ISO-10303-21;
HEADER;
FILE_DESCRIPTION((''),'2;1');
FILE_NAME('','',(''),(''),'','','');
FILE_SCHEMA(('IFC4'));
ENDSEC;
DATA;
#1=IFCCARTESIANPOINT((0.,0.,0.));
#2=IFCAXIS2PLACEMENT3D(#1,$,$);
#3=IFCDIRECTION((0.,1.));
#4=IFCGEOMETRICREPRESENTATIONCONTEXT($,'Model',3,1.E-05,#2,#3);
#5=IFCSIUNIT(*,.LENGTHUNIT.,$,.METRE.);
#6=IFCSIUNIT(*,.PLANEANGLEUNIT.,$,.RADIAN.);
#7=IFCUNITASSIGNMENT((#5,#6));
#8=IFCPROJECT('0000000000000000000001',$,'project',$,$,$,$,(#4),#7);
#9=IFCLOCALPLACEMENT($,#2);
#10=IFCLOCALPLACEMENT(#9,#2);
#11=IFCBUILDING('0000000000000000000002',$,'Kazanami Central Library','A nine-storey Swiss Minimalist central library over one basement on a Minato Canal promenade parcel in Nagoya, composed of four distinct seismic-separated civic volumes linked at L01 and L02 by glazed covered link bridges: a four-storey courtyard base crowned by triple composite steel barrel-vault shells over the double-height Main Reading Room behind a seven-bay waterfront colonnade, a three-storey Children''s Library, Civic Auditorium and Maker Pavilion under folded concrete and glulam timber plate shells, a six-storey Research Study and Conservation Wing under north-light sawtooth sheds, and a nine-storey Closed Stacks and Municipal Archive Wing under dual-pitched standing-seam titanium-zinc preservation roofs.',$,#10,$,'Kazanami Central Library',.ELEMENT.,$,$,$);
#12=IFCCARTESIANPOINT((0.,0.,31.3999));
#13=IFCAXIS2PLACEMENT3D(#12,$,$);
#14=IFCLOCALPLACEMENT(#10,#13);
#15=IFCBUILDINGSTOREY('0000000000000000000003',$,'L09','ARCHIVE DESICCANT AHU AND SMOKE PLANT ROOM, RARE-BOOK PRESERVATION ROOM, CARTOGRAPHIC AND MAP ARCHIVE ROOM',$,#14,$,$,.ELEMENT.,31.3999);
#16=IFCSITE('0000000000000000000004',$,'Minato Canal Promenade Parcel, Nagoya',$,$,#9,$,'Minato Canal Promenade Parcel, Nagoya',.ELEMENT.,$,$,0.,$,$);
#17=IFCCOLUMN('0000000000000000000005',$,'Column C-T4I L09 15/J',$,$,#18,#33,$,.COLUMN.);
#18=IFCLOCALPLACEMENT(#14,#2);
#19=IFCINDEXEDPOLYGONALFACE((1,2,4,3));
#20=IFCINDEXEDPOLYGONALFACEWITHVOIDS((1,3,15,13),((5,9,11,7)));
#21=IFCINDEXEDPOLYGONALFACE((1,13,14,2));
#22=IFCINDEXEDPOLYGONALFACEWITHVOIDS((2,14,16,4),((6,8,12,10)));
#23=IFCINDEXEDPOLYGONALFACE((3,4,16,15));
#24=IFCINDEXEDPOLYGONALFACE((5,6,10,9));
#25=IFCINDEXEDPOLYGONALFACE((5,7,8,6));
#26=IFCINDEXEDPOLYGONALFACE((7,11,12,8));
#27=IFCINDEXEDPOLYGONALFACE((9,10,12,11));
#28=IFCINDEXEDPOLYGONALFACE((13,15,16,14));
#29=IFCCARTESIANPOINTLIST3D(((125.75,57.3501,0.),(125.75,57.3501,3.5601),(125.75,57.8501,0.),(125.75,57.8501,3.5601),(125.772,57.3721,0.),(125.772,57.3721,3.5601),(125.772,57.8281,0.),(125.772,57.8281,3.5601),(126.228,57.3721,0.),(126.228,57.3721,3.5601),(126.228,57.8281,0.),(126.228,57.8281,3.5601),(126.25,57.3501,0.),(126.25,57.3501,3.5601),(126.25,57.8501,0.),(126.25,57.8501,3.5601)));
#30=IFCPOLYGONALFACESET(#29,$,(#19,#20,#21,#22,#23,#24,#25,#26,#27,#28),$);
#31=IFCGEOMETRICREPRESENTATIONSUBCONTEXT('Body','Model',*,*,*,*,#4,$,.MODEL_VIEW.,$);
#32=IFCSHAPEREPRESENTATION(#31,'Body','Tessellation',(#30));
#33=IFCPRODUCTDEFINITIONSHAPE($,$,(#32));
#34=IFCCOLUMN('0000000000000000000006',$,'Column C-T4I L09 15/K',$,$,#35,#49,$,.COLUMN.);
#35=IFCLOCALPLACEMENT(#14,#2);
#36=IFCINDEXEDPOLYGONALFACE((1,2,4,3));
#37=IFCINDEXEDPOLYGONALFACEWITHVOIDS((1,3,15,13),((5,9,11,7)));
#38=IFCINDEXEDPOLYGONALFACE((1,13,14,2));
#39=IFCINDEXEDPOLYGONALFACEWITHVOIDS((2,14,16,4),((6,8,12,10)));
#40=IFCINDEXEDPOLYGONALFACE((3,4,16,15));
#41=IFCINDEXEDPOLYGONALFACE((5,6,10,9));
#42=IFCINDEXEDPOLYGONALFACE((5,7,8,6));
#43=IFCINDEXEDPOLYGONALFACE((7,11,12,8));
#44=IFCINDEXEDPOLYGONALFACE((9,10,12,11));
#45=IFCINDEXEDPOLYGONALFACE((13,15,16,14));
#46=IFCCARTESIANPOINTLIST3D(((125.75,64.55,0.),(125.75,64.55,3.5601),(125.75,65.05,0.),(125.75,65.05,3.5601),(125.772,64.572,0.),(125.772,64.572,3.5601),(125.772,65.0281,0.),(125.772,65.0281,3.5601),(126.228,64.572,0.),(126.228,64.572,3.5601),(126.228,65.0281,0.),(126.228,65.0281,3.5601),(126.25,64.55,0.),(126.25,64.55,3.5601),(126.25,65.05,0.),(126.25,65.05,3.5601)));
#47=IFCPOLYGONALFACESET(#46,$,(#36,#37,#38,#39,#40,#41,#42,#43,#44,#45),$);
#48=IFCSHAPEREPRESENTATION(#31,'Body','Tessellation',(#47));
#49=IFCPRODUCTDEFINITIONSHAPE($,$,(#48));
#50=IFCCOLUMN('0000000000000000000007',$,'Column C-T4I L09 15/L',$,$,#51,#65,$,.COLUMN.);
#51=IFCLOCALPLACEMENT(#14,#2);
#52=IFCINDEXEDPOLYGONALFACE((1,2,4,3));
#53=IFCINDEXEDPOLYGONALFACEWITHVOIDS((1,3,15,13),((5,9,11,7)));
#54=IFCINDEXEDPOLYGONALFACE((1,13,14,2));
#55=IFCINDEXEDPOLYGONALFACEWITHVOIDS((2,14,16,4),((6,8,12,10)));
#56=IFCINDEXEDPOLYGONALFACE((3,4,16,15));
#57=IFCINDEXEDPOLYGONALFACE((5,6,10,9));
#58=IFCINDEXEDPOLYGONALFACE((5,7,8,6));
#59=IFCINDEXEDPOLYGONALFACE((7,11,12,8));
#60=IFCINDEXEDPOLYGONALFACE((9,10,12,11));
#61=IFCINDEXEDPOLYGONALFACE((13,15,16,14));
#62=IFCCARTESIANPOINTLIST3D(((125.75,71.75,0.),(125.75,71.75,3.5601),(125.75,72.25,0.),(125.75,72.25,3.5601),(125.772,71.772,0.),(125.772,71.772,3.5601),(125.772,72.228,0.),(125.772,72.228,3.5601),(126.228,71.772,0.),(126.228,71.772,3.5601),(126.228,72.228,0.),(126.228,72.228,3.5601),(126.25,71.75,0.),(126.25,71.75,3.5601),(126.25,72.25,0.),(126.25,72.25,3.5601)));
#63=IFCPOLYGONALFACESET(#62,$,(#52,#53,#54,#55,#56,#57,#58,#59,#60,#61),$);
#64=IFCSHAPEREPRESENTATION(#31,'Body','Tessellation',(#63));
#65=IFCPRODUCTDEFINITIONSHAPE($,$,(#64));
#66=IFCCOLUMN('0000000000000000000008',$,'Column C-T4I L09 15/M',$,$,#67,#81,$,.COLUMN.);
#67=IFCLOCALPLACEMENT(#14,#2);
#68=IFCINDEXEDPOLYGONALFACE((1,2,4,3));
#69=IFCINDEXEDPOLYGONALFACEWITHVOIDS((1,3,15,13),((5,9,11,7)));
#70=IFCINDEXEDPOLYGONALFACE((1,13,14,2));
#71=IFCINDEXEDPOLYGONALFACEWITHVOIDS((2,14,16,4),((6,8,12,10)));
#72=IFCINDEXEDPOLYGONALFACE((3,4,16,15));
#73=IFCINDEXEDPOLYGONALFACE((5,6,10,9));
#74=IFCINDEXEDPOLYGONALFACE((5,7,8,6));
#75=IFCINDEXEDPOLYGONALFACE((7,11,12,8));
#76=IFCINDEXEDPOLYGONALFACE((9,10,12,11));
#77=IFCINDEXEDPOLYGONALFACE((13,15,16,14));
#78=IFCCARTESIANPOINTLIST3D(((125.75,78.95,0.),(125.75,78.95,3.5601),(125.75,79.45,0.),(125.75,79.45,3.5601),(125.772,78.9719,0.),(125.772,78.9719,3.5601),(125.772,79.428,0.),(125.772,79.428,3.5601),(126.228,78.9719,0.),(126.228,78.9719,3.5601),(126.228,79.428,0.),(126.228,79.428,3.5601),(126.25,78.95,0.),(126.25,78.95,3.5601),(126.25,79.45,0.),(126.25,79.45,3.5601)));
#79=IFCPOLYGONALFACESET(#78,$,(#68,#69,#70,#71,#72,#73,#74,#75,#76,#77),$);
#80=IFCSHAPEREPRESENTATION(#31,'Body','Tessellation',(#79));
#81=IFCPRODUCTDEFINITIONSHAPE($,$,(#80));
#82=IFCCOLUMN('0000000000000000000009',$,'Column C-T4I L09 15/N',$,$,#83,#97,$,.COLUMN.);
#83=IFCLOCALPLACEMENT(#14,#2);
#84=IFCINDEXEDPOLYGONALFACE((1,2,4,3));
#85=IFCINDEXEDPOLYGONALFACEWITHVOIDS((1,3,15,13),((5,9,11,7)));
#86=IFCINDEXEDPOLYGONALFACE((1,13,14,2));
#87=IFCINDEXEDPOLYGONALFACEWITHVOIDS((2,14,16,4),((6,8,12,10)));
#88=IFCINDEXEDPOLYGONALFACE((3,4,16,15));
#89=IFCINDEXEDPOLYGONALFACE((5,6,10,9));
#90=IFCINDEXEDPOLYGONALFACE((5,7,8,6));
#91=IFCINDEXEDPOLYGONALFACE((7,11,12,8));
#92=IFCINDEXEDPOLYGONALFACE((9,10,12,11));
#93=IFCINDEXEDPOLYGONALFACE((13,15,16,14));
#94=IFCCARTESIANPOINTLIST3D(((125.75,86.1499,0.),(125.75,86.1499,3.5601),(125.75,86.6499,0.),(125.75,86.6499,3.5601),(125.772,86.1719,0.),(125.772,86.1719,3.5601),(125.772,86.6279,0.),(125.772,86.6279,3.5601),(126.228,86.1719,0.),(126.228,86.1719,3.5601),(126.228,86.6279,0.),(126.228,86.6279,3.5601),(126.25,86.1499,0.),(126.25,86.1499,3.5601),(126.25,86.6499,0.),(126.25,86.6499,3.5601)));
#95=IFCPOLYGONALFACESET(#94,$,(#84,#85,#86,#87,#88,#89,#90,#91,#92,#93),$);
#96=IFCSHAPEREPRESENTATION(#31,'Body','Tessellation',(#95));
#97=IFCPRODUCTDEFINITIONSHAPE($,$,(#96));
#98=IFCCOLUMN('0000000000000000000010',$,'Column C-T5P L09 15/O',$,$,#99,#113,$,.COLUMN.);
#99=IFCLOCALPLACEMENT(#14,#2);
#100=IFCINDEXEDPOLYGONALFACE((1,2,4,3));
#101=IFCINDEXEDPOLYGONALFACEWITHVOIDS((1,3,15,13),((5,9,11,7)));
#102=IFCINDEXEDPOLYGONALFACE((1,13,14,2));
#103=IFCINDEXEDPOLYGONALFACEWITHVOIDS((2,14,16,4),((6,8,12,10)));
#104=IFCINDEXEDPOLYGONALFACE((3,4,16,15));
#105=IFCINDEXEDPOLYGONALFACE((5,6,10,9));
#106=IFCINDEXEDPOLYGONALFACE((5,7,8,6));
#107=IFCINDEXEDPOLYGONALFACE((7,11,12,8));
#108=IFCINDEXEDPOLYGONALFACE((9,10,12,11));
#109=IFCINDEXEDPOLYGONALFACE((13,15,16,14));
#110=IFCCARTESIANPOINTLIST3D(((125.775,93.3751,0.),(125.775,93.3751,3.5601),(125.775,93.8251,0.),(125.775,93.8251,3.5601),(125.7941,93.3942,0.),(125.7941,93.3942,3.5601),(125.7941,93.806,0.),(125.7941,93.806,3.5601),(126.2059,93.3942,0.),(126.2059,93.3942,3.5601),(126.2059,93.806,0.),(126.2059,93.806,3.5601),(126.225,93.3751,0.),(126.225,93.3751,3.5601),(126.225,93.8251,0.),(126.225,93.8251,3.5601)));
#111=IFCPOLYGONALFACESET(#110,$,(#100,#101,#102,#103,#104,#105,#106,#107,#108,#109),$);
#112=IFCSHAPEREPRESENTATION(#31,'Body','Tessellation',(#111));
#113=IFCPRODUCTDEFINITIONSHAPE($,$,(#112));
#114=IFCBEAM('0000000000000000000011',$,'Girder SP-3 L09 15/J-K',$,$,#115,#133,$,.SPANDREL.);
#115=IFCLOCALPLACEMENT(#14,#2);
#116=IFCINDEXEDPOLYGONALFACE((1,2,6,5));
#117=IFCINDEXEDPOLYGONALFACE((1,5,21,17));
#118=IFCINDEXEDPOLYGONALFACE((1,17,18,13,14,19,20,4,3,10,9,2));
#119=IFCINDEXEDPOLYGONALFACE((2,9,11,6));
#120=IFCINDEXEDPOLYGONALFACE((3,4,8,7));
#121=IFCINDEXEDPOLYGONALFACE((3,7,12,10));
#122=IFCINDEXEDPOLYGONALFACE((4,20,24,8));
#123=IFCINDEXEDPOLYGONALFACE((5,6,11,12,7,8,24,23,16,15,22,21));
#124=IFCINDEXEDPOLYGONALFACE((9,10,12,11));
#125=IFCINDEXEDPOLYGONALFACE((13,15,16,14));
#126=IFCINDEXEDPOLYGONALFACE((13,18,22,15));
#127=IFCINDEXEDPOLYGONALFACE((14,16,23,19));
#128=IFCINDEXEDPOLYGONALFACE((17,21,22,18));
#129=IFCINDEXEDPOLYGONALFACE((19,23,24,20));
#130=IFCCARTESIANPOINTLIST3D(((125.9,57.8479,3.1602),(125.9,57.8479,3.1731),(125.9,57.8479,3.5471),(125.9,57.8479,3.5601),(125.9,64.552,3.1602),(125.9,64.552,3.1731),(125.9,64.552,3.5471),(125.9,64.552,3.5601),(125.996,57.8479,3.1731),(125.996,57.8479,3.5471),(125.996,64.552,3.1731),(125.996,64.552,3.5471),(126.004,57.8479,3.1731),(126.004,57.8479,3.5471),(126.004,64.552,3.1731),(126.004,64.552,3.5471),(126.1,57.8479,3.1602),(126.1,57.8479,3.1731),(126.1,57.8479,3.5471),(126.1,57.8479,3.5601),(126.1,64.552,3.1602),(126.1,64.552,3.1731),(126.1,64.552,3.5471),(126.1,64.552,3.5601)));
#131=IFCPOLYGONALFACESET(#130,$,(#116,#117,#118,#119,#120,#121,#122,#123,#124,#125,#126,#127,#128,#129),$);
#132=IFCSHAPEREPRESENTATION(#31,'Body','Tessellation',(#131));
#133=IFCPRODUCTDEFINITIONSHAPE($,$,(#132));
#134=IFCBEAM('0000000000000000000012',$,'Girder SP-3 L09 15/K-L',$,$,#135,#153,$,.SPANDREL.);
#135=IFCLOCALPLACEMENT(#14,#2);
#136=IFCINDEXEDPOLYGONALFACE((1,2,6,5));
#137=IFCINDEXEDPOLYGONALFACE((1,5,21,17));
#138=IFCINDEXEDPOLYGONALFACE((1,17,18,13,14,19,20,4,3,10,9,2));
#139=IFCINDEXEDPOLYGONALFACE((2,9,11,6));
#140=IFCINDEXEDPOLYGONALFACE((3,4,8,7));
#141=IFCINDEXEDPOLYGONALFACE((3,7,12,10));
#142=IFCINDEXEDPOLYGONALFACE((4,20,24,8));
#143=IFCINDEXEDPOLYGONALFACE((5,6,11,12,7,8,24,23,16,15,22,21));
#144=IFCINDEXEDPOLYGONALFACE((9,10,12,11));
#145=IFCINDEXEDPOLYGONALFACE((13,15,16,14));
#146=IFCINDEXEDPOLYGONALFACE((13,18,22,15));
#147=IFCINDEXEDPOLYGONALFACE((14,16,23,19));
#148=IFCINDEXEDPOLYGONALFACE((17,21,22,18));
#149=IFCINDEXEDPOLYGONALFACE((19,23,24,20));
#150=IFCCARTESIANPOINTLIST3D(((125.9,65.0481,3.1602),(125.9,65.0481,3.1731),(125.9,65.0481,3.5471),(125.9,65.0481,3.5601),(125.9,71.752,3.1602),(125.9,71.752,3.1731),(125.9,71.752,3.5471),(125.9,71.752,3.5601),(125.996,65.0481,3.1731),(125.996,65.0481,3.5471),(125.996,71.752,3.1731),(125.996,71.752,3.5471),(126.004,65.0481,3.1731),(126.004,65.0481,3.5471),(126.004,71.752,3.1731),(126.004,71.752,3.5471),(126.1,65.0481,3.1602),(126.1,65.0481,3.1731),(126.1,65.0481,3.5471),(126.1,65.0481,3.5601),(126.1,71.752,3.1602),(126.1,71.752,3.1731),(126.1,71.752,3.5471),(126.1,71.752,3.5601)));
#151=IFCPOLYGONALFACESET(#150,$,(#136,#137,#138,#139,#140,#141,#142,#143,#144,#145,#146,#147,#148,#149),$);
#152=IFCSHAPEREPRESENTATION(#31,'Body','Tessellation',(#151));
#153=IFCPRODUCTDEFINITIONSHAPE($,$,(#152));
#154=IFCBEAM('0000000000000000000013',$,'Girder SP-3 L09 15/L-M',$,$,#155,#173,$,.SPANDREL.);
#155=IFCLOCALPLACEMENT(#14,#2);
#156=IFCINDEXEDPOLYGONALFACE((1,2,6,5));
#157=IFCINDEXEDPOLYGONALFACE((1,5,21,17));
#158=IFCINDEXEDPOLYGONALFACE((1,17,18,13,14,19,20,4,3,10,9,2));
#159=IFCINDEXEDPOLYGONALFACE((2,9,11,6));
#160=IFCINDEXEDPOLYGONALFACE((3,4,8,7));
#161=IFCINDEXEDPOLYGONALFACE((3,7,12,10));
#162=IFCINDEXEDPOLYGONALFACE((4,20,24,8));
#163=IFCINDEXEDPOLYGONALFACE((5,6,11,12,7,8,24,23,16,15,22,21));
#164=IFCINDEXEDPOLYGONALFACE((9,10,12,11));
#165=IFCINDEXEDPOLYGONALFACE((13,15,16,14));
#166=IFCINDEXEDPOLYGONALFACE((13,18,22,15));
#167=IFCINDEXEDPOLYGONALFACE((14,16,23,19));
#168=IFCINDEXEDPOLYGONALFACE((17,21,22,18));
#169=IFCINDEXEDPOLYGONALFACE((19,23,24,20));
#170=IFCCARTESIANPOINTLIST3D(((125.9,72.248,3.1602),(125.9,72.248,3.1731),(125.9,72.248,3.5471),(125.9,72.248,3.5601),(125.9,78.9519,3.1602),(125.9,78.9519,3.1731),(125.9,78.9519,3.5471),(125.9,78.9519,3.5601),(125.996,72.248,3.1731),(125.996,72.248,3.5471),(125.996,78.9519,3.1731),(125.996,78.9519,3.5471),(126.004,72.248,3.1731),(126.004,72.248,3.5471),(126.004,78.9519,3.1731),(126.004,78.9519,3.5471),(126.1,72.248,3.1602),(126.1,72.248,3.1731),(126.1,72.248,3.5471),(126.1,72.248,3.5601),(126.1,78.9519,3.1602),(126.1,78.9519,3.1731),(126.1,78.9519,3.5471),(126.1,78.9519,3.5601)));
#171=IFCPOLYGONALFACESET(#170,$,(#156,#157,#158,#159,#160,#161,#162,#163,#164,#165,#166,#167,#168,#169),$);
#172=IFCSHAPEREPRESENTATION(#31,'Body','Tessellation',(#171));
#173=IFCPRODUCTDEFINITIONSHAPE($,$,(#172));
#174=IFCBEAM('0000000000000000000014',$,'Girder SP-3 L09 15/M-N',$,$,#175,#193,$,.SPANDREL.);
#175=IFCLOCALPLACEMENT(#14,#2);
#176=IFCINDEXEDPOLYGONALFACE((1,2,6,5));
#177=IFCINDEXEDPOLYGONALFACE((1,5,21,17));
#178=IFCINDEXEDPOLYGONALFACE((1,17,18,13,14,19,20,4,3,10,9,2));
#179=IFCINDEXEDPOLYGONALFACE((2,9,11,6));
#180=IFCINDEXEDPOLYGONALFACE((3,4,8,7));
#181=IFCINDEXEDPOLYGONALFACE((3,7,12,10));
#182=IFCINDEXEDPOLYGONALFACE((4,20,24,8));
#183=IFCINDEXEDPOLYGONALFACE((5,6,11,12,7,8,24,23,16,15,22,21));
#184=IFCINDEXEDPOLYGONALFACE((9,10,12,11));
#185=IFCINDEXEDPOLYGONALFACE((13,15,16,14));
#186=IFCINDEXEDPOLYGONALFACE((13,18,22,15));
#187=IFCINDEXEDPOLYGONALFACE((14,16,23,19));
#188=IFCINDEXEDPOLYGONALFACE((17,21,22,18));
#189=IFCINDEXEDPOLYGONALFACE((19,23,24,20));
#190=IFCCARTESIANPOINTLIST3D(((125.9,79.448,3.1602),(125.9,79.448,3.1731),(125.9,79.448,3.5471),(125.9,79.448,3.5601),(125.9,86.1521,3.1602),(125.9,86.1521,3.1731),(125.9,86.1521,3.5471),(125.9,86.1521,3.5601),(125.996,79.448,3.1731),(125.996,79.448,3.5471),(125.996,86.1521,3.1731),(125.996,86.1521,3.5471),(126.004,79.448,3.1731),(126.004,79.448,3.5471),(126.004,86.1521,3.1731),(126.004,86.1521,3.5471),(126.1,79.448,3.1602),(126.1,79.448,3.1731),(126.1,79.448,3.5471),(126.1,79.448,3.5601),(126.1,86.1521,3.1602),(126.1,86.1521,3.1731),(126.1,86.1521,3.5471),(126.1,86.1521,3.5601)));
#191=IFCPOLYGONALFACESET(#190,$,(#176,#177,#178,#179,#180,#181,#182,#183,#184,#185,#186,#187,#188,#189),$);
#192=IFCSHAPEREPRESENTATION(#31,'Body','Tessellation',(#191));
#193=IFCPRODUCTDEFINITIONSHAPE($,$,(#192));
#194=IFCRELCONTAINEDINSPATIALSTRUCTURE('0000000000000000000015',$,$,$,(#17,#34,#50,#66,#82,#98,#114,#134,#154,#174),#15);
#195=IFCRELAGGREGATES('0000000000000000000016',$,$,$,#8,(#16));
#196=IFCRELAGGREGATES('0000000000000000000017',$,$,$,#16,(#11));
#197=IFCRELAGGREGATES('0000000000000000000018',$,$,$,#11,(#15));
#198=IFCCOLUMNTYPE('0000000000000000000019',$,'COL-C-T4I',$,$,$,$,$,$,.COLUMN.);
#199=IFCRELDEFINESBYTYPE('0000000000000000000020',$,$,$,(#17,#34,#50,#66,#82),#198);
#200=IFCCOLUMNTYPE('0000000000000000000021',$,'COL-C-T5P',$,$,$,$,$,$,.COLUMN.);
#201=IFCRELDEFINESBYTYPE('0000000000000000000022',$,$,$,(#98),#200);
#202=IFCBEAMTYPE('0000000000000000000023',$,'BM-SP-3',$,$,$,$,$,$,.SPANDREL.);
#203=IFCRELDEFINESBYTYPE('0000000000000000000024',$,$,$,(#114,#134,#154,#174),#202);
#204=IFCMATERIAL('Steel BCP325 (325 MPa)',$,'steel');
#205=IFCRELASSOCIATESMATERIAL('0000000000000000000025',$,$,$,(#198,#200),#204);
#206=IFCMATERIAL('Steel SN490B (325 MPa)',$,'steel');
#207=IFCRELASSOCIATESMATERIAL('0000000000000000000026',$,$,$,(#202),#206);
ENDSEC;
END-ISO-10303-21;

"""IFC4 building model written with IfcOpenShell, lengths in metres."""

from ifc_helpers import new_model, si_unit, direction, frame, origin, origin_2d, place, context, subcontext, project, spatial, hollow_rectangle, i_section, extrude, material, material_profile, profile_set, type_object, element, save


model = new_model("IFC4")

# Units and contexts
model_context = context("Model", 3, precision=1e-05, world=origin(), true_north=direction((0.0, 1.0)))
body_context = subcontext(model_context, "Body", "Model", "MODEL_VIEW")
ifc_project = project(units=[si_unit("LENGTHUNIT", "METRE"), si_unit("PLANEANGLEUNIT", "RADIAN")], contexts=[model_context])

# Site, building, storey
site_placement = place(None, origin())
site = spatial("IfcSite", under=ifc_project, at=site_placement, Name="Minato Canal Promenade Parcel, Nagoya", LongName="Minato Canal Promenade Parcel, Nagoya", CompositionType="ELEMENT", RefElevation=0.0)
building_placement = place(site_placement, origin())
building = spatial("IfcBuilding", under=site, at=building_placement, Name="Kazanami Central Library", Description="A nine-storey Swiss Minimalist central library over one basement on a Minato Canal promenade parcel in Nagoya, composed of four distinct seismic-separated civic volumes linked at L01 and L02 by glazed covered link bridges: a four-storey courtyard base crowned by triple composite steel barrel-vault shells over the double-height Main Reading Room behind a seven-bay waterfront colonnade, a three-storey Children's Library, Civic Auditorium and Maker Pavilion under folded concrete and glulam timber plate shells, a six-storey Research Study and Conservation Wing under north-light sawtooth sheds, and a nine-storey Closed Stacks and Municipal Archive Wing under dual-pitched standing-seam titanium-zinc preservation roofs.", LongName="Kazanami Central Library", CompositionType="ELEMENT")
storey_placement = place(building_placement, frame((0.0, 0.0, 31.3999)))
storey = spatial("IfcBuildingStorey", under=building, at=storey_placement, Name="L09", Description="ARCHIVE DESICCANT AHU AND SMOKE PLANT ROOM, RARE-BOOK PRESERVATION ROOM, CARTOGRAPHIC AND MAP ARCHIVE ROOM", CompositionType="ELEMENT", Elevation=31.3999)

# Columns
ifc_material_1 = material(Name="Steel BCP325 (325 MPa)", Category="steel")
ifc_material_profile_1 = material_profile(ifc_material_1, hollow_rectangle(XDim=0.5, YDim=0.5, WallThickness=0.022, at=origin_2d()), Name="BCP-500x500x22")
ifc_profile_set_1 = profile_set([ifc_material_profile_1], Name="Steel BCP325 (325 MPa)")
column_type_1 = type_object("IfcColumnType", Name="COL-C-T4I", PredefinedType="COLUMN", material=ifc_profile_set_1)
for number, where, z_axis, x_axis, name in (
    (1, (126.0, 57.6001, 0.0), (0.0, 0.0, 1.0), (1.0, 0.0, 0.0), "Column C-T4I L09 15/J"),
    (2, (126.0, 64.8, 0.0), (0.0, 0.0, 1.0), (1.0, 0.0, 0.0), "Column C-T4I L09 15/K"),
    (3, (126.0, 72.0, 0.0), (0.0, 0.0, 1.0), (1.0, 0.0, 0.0), "Column C-T4I L09 15/L"),
    (4, (126.0, 79.2, 0.0), (0.0, 0.0, 1.0), (1.0, 0.0, 0.0), "Column C-T4I L09 15/M"),
    (5, (126.0, 86.3999, 0.0), (0.0, 0.0, 1.0), (1.0, 0.0, 0.0), "Column C-T4I L09 15/N"),
):
    element("IfcColumn", number, at=place(storey_placement, frame(where, z_axis=z_axis, x_axis=x_axis)), inside=storey, type_object=column_type_1, Name=name, PredefinedType="COLUMN", context=body_context, shape_type="SweptSolid", body=[
        extrude(hollow_rectangle(XDim=0.5, YDim=0.5, WallThickness=0.022, at=origin_2d()), origin(), (0.0, 0.0, 1.0), 3.5601),
    ])
ifc_material_profile_2 = material_profile(ifc_material_1, hollow_rectangle(XDim=0.45, YDim=0.45, WallThickness=0.019, at=origin_2d()), Name="BCP-450x450x19")
ifc_profile_set_2 = profile_set([ifc_material_profile_2], Name="Steel BCP325 (325 MPa)")
column_type_2 = type_object("IfcColumnType", Name="COL-C-T5P", PredefinedType="COLUMN", material=ifc_profile_set_2)
column_placement = place(storey_placement, frame((126.0, 93.6001, 0.0), z_axis=(0.0, 0.0, 1.0), x_axis=(1.0, 0.0, 0.0)))
element("IfcColumn", 6, at=column_placement, inside=storey, type_object=column_type_2, Name="Column C-T5P L09 15/O", PredefinedType="COLUMN", context=body_context, shape_type="SweptSolid", body=[
    extrude(hollow_rectangle(XDim=0.45, YDim=0.45, WallThickness=0.019, at=origin_2d()), origin(), (0.0, 0.0, 1.0), 3.5601),
])

# Beams
ifc_material_2 = material(Name="Steel SN490B (325 MPa)", Category="steel")
ifc_material_profile_3 = material_profile(ifc_material_2, i_section(OverallWidth=0.2, OverallDepth=0.3999, WebThickness=0.0081, FlangeThickness=0.0129, at=origin_2d()), Name="H-400x200x8x13")
ifc_profile_set_3 = profile_set([ifc_material_profile_3], Name="Steel SN490B (325 MPa)")
beam_type = type_object("IfcBeamType", Name="BM-SP-3", PredefinedType="SPANDREL", material=ifc_profile_set_3)
beam_1_placement = place(storey_placement, frame((126.0, 57.8479, 3.3601), z_axis=(0.0, 1.0, 0.0), x_axis=(-1.0, 0.0, 0.0)))
element("IfcBeam", 7, at=beam_1_placement, inside=storey, type_object=beam_type, Name="Girder SP-3 L09 15/J-K", PredefinedType="SPANDREL", context=body_context, shape_type="SweptSolid", body=[
    extrude(i_section(OverallWidth=0.2, OverallDepth=0.3999, WebThickness=0.0081, FlangeThickness=0.0129, at=origin_2d()), origin(), (0.0, 0.0, 1.0), 6.7041),
])
for number, where, z_axis, x_axis, name in (
    (8, (126.0, 65.0481, 3.3601), (0.0, 1.0, 0.0), (-1.0, 0.0, 0.0), "Girder SP-3 L09 15/K-L"),
    (9, (126.0, 72.248, 3.3601), (0.0, 1.0, 0.0), (-1.0, 0.0, 0.0), "Girder SP-3 L09 15/L-M"),
):
    element("IfcBeam", number, at=place(storey_placement, frame(where, z_axis=z_axis, x_axis=x_axis)), inside=storey, type_object=beam_type, Name=name, PredefinedType="SPANDREL", context=body_context, shape_type="SweptSolid", body=[
        extrude(i_section(OverallWidth=0.2, OverallDepth=0.3999, WebThickness=0.0081, FlangeThickness=0.0129, at=origin_2d()), origin(), (0.0, 0.0, 1.0), 6.7039),
    ])
beam_2_placement = place(storey_placement, frame((126.0, 79.448, 3.3601), z_axis=(0.0, 1.0, 0.0), x_axis=(-1.0, 0.0, 0.0)))
element("IfcBeam", 10, at=beam_2_placement, inside=storey, type_object=beam_type, Name="Girder SP-3 L09 15/M-N", PredefinedType="SPANDREL", context=body_context, shape_type="SweptSolid", body=[
    extrude(i_section(OverallWidth=0.2, OverallDepth=0.3999, WebThickness=0.0081, FlangeThickness=0.0129, at=origin_2d()), origin(), (0.0, 0.0, 1.0), 6.7041),
])

save(model, "model.ifc")
